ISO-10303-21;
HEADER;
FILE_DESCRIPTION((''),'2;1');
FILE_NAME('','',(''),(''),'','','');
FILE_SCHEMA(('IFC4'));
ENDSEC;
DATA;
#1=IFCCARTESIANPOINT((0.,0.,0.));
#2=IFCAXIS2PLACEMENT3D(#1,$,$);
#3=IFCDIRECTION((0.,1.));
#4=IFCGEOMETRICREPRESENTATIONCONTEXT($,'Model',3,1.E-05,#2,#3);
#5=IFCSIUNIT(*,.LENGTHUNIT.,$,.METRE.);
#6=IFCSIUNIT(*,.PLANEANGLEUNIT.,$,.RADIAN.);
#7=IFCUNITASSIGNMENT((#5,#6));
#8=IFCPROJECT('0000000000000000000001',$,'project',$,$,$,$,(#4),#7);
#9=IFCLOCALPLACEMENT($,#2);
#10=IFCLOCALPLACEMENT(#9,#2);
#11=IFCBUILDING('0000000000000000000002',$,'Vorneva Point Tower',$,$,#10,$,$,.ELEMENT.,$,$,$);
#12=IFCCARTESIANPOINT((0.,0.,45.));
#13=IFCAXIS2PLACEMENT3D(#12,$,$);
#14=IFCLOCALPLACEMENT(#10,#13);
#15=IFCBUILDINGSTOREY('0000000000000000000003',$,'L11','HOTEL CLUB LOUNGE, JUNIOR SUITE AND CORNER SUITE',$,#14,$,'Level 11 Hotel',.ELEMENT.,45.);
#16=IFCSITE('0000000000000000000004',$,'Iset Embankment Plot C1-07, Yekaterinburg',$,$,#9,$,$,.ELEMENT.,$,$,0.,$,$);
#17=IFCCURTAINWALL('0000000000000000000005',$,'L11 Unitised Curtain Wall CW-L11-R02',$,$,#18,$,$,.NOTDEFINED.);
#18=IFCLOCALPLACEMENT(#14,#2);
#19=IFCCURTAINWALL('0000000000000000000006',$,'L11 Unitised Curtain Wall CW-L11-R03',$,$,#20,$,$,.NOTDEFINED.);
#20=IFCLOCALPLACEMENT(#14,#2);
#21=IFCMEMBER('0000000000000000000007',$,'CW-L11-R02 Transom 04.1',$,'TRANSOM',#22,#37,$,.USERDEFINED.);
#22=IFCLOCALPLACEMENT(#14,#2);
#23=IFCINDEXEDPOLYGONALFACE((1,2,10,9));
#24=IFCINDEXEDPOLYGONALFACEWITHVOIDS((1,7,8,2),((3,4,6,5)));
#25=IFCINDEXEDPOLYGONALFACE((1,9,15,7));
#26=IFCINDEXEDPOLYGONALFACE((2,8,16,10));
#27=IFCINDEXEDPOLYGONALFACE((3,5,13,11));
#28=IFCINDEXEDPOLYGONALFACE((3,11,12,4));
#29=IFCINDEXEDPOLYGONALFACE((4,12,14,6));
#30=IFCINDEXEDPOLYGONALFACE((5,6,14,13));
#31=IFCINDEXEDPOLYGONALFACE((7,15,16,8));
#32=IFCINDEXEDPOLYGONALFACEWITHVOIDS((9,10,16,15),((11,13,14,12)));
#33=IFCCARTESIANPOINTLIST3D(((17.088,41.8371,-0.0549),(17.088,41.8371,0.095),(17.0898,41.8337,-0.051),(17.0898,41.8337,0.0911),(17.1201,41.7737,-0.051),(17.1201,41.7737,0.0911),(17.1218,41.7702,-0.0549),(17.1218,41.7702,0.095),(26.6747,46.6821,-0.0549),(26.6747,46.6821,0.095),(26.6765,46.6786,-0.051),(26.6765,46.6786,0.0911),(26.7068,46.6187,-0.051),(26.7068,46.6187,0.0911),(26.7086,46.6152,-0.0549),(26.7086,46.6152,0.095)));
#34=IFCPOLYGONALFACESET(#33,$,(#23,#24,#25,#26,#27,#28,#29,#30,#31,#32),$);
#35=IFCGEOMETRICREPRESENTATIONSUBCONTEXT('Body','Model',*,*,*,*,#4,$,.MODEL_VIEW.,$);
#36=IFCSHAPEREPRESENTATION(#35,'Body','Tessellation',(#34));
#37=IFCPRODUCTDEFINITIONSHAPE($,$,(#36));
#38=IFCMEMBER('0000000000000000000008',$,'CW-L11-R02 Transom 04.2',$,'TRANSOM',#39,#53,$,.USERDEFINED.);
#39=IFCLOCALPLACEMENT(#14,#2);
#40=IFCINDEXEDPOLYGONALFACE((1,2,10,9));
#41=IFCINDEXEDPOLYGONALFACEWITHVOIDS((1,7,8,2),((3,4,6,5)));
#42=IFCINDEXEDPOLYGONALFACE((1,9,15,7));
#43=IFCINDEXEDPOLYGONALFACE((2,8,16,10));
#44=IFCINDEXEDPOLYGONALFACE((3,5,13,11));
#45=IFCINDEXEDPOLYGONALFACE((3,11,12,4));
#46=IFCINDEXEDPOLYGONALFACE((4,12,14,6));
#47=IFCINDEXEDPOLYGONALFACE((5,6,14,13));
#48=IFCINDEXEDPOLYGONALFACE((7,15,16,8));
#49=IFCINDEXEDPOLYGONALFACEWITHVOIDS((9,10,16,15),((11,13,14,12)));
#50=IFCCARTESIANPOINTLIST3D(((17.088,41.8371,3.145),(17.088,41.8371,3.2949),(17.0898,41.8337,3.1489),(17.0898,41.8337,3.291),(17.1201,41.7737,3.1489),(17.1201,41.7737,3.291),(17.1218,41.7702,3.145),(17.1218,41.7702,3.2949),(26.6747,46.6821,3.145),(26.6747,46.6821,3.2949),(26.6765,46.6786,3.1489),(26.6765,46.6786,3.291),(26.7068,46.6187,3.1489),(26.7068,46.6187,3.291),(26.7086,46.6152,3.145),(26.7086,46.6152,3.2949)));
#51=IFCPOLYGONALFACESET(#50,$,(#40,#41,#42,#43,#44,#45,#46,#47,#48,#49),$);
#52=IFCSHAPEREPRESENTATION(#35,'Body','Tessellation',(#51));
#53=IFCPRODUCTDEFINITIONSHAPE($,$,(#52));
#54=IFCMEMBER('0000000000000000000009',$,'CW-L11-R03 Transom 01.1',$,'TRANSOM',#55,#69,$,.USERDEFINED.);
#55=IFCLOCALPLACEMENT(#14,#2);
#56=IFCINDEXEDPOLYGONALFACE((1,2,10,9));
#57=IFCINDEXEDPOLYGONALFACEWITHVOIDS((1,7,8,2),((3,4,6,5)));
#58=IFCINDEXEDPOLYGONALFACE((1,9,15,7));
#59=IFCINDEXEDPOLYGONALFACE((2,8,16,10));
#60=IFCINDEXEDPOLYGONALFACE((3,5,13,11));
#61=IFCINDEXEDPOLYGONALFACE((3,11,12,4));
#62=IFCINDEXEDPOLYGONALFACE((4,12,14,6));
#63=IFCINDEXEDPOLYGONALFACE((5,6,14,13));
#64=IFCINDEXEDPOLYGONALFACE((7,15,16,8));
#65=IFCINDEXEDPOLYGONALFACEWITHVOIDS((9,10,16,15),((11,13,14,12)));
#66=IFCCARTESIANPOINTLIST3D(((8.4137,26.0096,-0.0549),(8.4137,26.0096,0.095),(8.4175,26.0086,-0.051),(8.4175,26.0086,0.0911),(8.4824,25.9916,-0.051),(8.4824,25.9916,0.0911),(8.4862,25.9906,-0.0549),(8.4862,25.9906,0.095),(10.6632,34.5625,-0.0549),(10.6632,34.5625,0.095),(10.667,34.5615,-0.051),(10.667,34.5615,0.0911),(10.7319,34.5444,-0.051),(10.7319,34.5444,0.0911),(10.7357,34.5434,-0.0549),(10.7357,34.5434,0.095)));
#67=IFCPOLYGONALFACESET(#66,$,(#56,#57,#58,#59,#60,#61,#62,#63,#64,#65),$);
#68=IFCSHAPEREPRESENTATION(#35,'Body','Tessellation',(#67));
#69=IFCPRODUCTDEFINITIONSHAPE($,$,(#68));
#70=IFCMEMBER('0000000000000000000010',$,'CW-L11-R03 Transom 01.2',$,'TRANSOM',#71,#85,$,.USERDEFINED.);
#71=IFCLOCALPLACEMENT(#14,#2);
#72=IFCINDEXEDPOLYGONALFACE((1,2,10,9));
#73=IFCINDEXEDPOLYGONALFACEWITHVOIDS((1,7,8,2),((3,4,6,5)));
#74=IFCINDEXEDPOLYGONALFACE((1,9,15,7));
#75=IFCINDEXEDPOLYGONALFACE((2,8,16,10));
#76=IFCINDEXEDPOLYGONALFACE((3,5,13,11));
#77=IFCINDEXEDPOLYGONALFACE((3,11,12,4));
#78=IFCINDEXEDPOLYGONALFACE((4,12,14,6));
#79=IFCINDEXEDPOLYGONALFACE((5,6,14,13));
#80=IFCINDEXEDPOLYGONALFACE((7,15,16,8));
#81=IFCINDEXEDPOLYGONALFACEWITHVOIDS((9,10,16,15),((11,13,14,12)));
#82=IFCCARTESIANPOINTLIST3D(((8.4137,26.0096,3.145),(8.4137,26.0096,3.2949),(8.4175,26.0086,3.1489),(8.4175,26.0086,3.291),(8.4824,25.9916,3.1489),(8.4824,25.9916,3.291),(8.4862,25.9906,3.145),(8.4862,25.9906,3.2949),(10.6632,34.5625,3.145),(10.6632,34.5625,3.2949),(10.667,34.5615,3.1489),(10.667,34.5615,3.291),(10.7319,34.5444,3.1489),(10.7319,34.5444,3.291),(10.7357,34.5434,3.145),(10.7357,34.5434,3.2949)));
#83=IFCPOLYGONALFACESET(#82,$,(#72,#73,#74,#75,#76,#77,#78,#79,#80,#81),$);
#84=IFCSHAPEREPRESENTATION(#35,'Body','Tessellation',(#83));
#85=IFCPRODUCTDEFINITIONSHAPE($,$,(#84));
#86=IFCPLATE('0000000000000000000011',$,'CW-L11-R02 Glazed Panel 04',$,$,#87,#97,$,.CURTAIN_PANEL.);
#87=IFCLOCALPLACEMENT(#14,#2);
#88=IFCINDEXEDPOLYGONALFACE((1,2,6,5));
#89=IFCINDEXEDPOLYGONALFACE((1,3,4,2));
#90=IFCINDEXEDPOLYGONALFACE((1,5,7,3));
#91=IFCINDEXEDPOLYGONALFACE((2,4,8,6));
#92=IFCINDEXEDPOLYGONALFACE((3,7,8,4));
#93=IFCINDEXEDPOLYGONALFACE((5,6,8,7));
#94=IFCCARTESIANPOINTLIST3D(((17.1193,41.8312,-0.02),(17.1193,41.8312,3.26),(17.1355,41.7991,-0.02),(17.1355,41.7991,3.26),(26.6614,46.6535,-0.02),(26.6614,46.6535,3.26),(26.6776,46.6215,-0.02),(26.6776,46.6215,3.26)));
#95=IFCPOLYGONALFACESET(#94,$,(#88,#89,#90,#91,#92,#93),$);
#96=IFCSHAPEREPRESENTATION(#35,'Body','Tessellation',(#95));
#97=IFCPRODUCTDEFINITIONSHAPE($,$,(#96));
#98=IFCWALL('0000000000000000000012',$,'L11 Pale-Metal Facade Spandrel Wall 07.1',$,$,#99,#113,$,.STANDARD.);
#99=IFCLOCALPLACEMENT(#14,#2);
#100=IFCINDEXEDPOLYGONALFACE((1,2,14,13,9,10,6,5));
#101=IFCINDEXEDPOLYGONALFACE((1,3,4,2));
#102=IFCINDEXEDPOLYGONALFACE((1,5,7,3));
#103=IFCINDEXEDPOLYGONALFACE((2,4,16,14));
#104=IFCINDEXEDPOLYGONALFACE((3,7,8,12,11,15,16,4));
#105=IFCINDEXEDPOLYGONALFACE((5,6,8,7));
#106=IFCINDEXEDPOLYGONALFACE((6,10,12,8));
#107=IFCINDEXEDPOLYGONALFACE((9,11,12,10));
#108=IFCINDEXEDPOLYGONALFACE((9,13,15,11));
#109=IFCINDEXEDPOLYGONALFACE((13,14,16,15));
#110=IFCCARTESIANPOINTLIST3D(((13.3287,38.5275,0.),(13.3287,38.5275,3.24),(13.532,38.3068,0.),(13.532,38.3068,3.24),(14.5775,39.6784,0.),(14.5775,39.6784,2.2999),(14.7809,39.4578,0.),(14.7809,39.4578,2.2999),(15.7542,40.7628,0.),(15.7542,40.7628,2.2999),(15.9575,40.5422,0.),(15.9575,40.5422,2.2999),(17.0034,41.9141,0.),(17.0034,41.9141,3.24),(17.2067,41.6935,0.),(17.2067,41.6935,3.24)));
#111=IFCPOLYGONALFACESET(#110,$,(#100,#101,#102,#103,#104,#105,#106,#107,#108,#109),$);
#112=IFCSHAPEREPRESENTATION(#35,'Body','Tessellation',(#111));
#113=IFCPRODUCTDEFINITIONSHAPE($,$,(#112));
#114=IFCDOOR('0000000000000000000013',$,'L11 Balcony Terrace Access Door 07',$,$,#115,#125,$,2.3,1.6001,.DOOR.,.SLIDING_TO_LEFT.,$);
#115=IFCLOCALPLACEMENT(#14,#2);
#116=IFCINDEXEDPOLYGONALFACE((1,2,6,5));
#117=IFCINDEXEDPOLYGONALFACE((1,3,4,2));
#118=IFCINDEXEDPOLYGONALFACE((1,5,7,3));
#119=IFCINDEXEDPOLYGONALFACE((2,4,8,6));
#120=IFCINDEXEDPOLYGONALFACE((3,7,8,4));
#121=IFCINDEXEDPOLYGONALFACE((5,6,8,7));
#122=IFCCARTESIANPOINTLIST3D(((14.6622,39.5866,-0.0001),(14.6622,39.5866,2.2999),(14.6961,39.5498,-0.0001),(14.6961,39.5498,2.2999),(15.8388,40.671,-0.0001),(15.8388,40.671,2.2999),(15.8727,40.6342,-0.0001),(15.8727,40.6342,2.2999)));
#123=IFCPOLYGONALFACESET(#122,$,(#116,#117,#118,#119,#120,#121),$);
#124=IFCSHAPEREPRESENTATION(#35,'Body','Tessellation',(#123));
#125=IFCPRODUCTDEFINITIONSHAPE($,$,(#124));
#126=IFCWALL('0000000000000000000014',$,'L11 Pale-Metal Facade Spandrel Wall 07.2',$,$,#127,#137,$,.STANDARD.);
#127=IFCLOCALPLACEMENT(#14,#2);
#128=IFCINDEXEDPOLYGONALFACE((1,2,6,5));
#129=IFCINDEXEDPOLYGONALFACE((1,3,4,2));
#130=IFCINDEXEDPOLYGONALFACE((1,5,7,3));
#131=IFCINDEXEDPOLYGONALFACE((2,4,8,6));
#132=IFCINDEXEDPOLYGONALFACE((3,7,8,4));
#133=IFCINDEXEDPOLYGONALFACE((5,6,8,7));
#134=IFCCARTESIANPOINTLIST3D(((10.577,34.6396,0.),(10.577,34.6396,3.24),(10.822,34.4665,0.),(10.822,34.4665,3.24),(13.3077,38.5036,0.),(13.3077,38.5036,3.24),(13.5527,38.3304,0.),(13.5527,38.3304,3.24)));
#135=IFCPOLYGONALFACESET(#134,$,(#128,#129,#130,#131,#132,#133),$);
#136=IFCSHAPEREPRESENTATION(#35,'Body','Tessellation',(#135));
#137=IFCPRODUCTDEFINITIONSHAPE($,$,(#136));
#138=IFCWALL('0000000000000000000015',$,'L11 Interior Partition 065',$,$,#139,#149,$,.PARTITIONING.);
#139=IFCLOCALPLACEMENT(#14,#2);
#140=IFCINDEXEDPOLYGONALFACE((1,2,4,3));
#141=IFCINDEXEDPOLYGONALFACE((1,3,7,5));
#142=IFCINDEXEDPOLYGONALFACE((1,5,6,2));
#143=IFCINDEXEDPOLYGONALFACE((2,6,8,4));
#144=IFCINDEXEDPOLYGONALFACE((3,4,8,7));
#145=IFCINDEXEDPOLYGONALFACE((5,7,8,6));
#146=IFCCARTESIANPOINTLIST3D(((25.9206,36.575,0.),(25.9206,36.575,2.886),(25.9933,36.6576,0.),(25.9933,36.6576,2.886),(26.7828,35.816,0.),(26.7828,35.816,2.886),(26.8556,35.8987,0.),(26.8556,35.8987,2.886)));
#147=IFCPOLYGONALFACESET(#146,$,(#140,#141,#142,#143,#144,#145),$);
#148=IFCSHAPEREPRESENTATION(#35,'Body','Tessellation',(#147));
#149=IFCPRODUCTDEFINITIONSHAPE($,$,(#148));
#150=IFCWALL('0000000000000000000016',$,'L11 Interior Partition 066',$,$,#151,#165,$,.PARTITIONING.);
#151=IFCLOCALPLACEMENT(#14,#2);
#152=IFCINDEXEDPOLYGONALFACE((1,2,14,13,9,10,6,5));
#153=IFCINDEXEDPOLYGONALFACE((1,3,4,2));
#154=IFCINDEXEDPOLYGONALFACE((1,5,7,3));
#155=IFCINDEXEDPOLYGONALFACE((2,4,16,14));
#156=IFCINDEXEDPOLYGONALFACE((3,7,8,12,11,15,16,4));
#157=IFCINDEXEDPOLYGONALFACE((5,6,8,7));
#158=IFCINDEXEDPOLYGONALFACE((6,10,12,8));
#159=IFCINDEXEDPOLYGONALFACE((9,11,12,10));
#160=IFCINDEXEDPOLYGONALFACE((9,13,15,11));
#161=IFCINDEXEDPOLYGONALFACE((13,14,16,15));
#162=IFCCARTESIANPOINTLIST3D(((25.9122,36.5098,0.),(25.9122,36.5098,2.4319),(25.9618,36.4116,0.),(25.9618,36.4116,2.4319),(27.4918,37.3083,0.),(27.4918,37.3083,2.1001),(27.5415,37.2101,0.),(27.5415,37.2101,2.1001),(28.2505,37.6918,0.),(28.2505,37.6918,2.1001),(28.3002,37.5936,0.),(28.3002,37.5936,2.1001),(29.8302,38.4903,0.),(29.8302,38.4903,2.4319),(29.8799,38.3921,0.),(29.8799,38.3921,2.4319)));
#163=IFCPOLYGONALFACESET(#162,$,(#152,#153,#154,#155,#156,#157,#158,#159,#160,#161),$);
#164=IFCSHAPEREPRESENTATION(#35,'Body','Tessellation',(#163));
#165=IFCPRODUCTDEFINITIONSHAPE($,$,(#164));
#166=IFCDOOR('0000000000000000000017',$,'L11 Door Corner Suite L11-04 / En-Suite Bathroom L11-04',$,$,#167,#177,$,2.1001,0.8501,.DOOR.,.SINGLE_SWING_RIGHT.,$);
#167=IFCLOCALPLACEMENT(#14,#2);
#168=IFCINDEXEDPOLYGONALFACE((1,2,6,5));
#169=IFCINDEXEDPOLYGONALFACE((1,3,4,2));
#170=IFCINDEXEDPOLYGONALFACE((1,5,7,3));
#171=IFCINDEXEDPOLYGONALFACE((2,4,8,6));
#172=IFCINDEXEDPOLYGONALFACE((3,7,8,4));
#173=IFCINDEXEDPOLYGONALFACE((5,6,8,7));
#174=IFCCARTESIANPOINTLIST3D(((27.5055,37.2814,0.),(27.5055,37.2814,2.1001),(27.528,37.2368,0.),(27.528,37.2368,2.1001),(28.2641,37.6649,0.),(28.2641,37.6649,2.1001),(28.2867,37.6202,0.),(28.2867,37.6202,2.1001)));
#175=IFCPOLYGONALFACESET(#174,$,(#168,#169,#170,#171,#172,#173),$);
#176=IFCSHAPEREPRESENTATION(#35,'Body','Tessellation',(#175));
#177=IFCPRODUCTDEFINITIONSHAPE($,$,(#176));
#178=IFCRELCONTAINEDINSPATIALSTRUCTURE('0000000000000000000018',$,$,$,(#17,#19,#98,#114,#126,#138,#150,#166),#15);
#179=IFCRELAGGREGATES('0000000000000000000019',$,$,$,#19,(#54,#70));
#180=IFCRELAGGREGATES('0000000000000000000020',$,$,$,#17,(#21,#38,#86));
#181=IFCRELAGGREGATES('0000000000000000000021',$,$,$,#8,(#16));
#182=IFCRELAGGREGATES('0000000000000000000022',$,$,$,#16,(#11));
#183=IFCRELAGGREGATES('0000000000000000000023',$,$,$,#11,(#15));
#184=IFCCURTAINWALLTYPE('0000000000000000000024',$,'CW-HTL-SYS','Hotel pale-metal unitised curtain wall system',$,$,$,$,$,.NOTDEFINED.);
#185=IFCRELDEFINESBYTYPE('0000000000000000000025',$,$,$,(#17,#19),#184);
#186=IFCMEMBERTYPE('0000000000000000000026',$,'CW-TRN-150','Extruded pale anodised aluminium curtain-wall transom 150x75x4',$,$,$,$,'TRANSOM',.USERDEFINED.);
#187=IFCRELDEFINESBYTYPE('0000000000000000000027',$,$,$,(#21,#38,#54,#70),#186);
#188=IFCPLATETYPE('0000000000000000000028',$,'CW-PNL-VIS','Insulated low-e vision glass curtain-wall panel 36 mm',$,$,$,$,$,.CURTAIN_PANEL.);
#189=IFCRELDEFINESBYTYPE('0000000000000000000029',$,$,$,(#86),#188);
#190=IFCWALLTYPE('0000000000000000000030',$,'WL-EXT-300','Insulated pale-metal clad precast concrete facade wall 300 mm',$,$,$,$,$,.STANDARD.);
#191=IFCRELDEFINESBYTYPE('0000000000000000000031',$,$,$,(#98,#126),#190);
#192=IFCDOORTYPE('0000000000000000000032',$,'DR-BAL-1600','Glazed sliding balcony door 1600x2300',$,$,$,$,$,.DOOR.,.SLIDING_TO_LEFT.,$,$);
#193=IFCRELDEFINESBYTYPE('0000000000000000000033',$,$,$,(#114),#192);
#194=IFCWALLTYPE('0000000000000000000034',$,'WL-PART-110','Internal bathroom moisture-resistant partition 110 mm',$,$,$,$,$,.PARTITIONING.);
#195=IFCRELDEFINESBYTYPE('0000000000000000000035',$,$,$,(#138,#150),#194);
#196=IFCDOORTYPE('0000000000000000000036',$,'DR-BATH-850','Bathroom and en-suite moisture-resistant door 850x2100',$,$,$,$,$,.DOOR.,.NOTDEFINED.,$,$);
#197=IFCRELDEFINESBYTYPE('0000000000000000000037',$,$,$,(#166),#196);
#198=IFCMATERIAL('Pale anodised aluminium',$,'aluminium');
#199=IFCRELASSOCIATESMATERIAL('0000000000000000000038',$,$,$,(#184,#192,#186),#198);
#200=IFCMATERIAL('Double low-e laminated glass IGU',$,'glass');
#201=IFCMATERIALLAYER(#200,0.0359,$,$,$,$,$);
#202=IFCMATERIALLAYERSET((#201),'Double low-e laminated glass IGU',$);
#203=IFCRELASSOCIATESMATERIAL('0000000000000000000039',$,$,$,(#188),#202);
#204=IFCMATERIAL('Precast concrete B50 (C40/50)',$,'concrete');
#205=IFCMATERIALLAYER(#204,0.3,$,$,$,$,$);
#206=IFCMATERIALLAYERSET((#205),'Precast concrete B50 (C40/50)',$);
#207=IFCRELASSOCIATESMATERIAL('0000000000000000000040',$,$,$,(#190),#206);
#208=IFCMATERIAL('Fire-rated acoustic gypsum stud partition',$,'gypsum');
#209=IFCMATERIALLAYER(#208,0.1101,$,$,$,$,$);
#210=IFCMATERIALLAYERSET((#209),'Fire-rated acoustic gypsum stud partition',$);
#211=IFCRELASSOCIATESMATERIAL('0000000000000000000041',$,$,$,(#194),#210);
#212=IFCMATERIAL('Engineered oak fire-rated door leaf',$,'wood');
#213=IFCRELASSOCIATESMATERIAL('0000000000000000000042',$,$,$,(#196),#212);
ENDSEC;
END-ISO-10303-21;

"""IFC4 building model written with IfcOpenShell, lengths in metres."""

from ifc_helpers import new_model, si_unit, direction, frame, frame_2d, origin, origin_2d, place, context, subcontext, project, spatial, rectangle, hollow_rectangle, extrude, material, layer, layer_set, material_profile, profile_set, type_object, element, fill, aggregate, save


model = new_model("IFC4")

# Units and contexts
model_context = context("Model", 3, precision=1e-05, world=origin(), true_north=direction((0.0, 1.0)))
body_context = subcontext(model_context, "Body", "Model", "MODEL_VIEW")
ifc_project = project(units=[si_unit("LENGTHUNIT", "METRE"), si_unit("PLANEANGLEUNIT", "RADIAN")], contexts=[model_context])

# Site, building, storey
site_placement = place(None, origin())
site = spatial("IfcSite", under=ifc_project, at=site_placement, Name="Iset Embankment Plot C1-07, Yekaterinburg", CompositionType="ELEMENT", RefElevation=0.0)
building_placement = place(site_placement, origin())
building = spatial("IfcBuilding", under=site, at=building_placement, Name="Vorneva Point Tower", CompositionType="ELEMENT")
storey_placement = place(building_placement, frame((0.0, 0.0, 45.0)))
storey = spatial("IfcBuildingStorey", under=building, at=storey_placement, Name="L11", Description="HOTEL CLUB LOUNGE, JUNIOR SUITE AND CORNER SUITE", LongName="Level 11 Hotel", CompositionType="ELEMENT", Elevation=45.0)

# Curtain wall
ifc_material_1 = material(Name="Pale anodised aluminium", Category="aluminium")
curtain_wall_type = type_object("IfcCurtainWallType", Name="CW-HTL-SYS", Description="Hotel pale-metal unitised curtain wall system", PredefinedType="NOTDEFINED", material=ifc_material_1)
curtain_wall_1_placement = place(storey_placement, origin())
curtain_wall_1 = element("IfcCurtainWall", 1, at=curtain_wall_1_placement, inside=storey, type_object=curtain_wall_type, Name="L11 Unitised Curtain Wall CW-L11-R02", PredefinedType="NOTDEFINED")

# Curtain wall
curtain_wall_2_placement = place(storey_placement, origin())
curtain_wall_2 = element("IfcCurtainWall", 2, at=curtain_wall_2_placement, inside=storey, type_object=curtain_wall_type, Name="L11 Unitised Curtain Wall CW-L11-R03", PredefinedType="NOTDEFINED")

# Members
ifc_material_profile_1 = material_profile(ifc_material_1, hollow_rectangle(XDim=0.075, YDim=0.1499, WallThickness=0.0039, at=origin_2d()), Name="AL-TRN 150x75x4")
ifc_profile_set_1 = profile_set([ifc_material_profile_1], Name="Pale anodised aluminium")
member_type_1 = type_object("IfcMemberType", Name="CW-TRN-150", Description="Extruded pale anodised aluminium curtain-wall transom 150x75x4", ElementType="TRANSOM", PredefinedType="USERDEFINED", material=ifc_profile_set_1)
member_1_placement = place(storey_placement, frame((26.6917, 46.6487, 0.02), z_axis=(-0.892496, -0.451055, 0.0), x_axis=(0.451055, -0.892496, 0.0)))
member_1 = element("IfcMember", 3, at=member_1_placement, type_object=member_type_1, Name="CW-L11-R02 Transom 04.1", ObjectType="TRANSOM", PredefinedType="USERDEFINED", context=body_context, shape_type="SweptSolid", body=[
    extrude(hollow_rectangle(XDim=0.075, YDim=0.1499, WallThickness=0.0039, at=origin_2d()), origin(), (0.0, 0.0, 1.0), 10.7415),
])
member_2_placement = place(storey_placement, frame((26.6917, 46.6487, 3.22), z_axis=(-0.892496, -0.451055, 0.0), x_axis=(0.451055, -0.892496, 0.0)))
member_2 = element("IfcMember", 4, at=member_2_placement, type_object=member_type_1, Name="CW-L11-R02 Transom 04.2", ObjectType="TRANSOM", PredefinedType="USERDEFINED", context=body_context, shape_type="SweptSolid", body=[
    extrude(hollow_rectangle(XDim=0.075, YDim=0.1499, WallThickness=0.0039, at=origin_2d()), origin(), (0.0, 0.0, 1.0), 10.7415),
])
member_3_placement = place(storey_placement, frame((10.6995, 34.553, 0.02), z_axis=(-0.254359, -0.96711, 0.0), x_axis=(0.96711, -0.254359, 0.0)))
member_3 = element("IfcMember", 5, at=member_3_placement, type_object=member_type_1, Name="CW-L11-R03 Transom 01.1", ObjectType="TRANSOM", PredefinedType="USERDEFINED", context=body_context, shape_type="SweptSolid", body=[
    extrude(hollow_rectangle(XDim=0.075, YDim=0.1499, WallThickness=0.0039, at=origin_2d()), origin(), (0.0, 0.0, 1.0), 8.8438),
])
member_4_placement = place(storey_placement, frame((10.6995, 34.553, 3.22), z_axis=(-0.254359, -0.96711, 0.0), x_axis=(0.96711, -0.254359, 0.0)))
member_4 = element("IfcMember", 6, at=member_4_placement, type_object=member_type_1, Name="CW-L11-R03 Transom 01.2", ObjectType="TRANSOM", PredefinedType="USERDEFINED", context=body_context, shape_type="SweptSolid", body=[
    extrude(hollow_rectangle(XDim=0.075, YDim=0.1499, WallThickness=0.0039, at=origin_2d()), origin(), (0.0, 0.0, 1.0), 8.8438),
])
aggregate(curtain_wall_2, [member_3, member_4])

# Plate
ifc_material_2 = material(Name="Double low-e laminated glass IGU", Category="glass")
ifc_layer_1 = layer(ifc_material_2, 0.0359)
ifc_layer_set_1 = layer_set([ifc_layer_1], Name="Double low-e laminated glass IGU")
plate_type = type_object("IfcPlateType", Name="CW-PNL-VIS", Description="Insulated low-e vision glass curtain-wall panel 36 mm", PredefinedType="CURTAIN_PANEL", material=ifc_layer_set_1)
plate_placement = place(storey_placement, frame((21.8984, 44.2263, -0.02), z_axis=(0.0, 0.0, 1.0), x_axis=(-0.892499, -0.451049, 0.0)))
plate = element("IfcPlate", 7, at=plate_placement, type_object=plate_type, Name="CW-L11-R02 Glazed Panel 04", PredefinedType="CURTAIN_PANEL", context=body_context, shape_type="SweptSolid", body=[
    extrude(rectangle(XDim=10.6914, YDim=0.0359, at=origin_2d()), origin(), (0.0, 0.0, 1.0), 3.28),
])
aggregate(curtain_wall_1, [member_1, member_2, plate])

# Wall, opening, door
ifc_material_3 = material(Name="Precast concrete B50 (C40/50)", Category="concrete")
ifc_layer_2 = layer(ifc_material_3, 0.3)
ifc_layer_set_2 = layer_set([ifc_layer_2], Name="Precast concrete B50 (C40/50)")
wall_type_1 = type_object("IfcWallType", Name="WL-EXT-300", Description="Insulated pale-metal clad precast concrete facade wall 300 mm", PredefinedType="STANDARD", material=ifc_layer_set_2)
wall_1_placement = place(storey_placement, frame((17.105, 41.8037, 0.0), z_axis=(0.0, 0.0, 1.0), x_axis=(-0.735343, -0.677696, 0.0)))
wall_1 = element("IfcWall", 8, at=wall_1_placement, inside=storey, type_object=wall_type_1, Name="L11 Pale-Metal Facade Spandrel Wall 07.1", PredefinedType="STANDARD", context=body_context, shape_type="SweptSolid", body=[
    extrude(rectangle(XDim=4.9973, YDim=0.3, at=frame_2d((2.4985, 0.0))), origin(), (0.0, 0.0, 1.0), 3.24),
])
opening_1_placement = place(wall_1_placement, frame((1.6987, 0.0, 0.0)))
opening_1 = element("IfcOpeningElement", 9, at=opening_1_placement, cuts=wall_1, PredefinedType="OPENING", context=body_context, shape_type="SweptSolid", body=[
    extrude(rectangle(XDim=1.6001, YDim=2.3, at=frame_2d((0.8, 1.1499))), frame((0.0, 0.165, 0.0), z_axis=(0.0, -1.0, 0.0), x_axis=(1.0, 0.0, 0.0)), (0.0, 0.0, 1.0), 0.3298),
])
door_type_1 = type_object("IfcDoorType", Name="DR-BAL-1600", Description="Glazed sliding balcony door 1600x2300", OperationType="SLIDING_TO_LEFT", PredefinedType="DOOR", material=ifc_material_1)
door_1_placement = place(opening_1_placement, origin())
door_1 = element("IfcDoor", 10, at=door_1_placement, inside=storey, type_object=door_type_1, Name="L11 Balcony Terrace Access Door 07", OperationType="SLIDING_TO_LEFT", OverallHeight=2.3, OverallWidth=1.6001, PredefinedType="DOOR", context=body_context, shape_type="SweptSolid", body=[
    extrude(rectangle(XDim=1.6001, YDim=2.3, at=frame_2d((0.8, 1.1499))), frame((0.0, 0.0249, 0.0), z_axis=(0.0, -1.0, 0.0), x_axis=(1.0, 0.0, 0.0)), (0.0, 0.0, 1.0), 0.05),
])
fill(opening_1, door_1)

# Walls
wall_2_placement = place(storey_placement, frame((13.4302, 38.417, 0.0), z_axis=(0.0, 0.0, 1.0), x_axis=(-0.577131, -0.816652, 0.0)))
element("IfcWall", 11, at=wall_2_placement, inside=storey, type_object=wall_type_1, Name="L11 Pale-Metal Facade Spandrel Wall 07.2", PredefinedType="STANDARD", context=body_context, shape_type="SweptSolid", body=[
    extrude(rectangle(XDim=4.7314, YDim=0.3, at=frame_2d((2.3657, 0.0))), origin(), (0.0, 0.0, 1.0), 3.24),
])
ifc_material_4 = material(Name="Fire-rated acoustic gypsum stud partition", Category="gypsum")
ifc_layer_3 = layer(ifc_material_4, 0.1101)
ifc_layer_set_3 = layer_set([ifc_layer_3], Name="Fire-rated acoustic gypsum stud partition")
wall_type_2 = type_object("IfcWallType", Name="WL-PART-110", Description="Internal bathroom moisture-resistant partition 110 mm", PredefinedType="PARTITIONING", material=ifc_layer_set_3)
wall_3_placement = place(storey_placement, frame((26.8191, 35.8574, 0.0), z_axis=(0.0, 0.0, 1.0), x_axis=(-0.750625, 0.660728, 0.0)))
element("IfcWall", 12, at=wall_3_placement, inside=storey, type_object=wall_type_2, Name="L11 Interior Partition 065", PredefinedType="PARTITIONING", context=body_context, shape_type="SweptSolid", body=[
    extrude(rectangle(XDim=1.1487, YDim=0.1101, at=frame_2d((0.5742, 0.0))), origin(), (0.0, 0.0, 1.0), 2.886),
])

# Wall, opening, door
wall_4_placement = place(storey_placement, frame((25.937, 36.4607, 0.0), z_axis=(0.0, 0.0, 1.0), x_axis=(0.892461, 0.451124, 0.0)))
wall_4 = element("IfcWall", 13, at=wall_4_placement, inside=storey, type_object=wall_type_2, Name="L11 Interior Partition 066", PredefinedType="PARTITIONING", context=body_context, shape_type="SweptSolid", body=[
    extrude(rectangle(XDim=4.3901, YDim=0.1101, at=frame_2d((2.1951, 0.0))), origin(), (0.0, 0.0, 1.0), 2.4319),
])
opening_2_placement = place(wall_4_placement, frame((1.77, 0.0, 0.0)))
opening_2 = element("IfcOpeningElement", 14, at=opening_2_placement, cuts=wall_4, PredefinedType="OPENING", context=body_context, shape_type="SweptSolid", body=[
    extrude(rectangle(XDim=0.8501, YDim=2.1001, at=frame_2d((0.425, 1.05))), frame((0.0, 0.0698, 0.0), z_axis=(0.0, -1.0, 0.0), x_axis=(1.0, 0.0, 0.0)), (0.0, 0.0, 1.0), 0.1399),
])
ifc_material_5 = material(Name="Engineered oak fire-rated door leaf", Category="wood")
door_type_2 = type_object("IfcDoorType", Name="DR-BATH-850", Description="Bathroom and en-suite moisture-resistant door 850x2100", OperationType="NOTDEFINED", PredefinedType="DOOR", material=ifc_material_5)
door_2_placement = place(opening_2_placement, origin())
door_2 = element("IfcDoor", 15, at=door_2_placement, inside=storey, type_object=door_type_2, Name="L11 Door Corner Suite L11-04 / En-Suite Bathroom L11-04", OperationType="SINGLE_SWING_RIGHT", OverallHeight=2.1001, OverallWidth=0.8501, PredefinedType="DOOR", context=body_context, shape_type="SweptSolid", body=[
    extrude(rectangle(XDim=0.8501, YDim=2.1001, at=frame_2d((0.425, 1.05))), frame((0.0, 0.0249, 0.0), z_axis=(0.0, -1.0, 0.0), x_axis=(1.0, 0.0, 0.0)), (0.0, 0.0, 1.0), 0.05),
])
fill(opening_2, door_2)

save(model, "model.ifc")
